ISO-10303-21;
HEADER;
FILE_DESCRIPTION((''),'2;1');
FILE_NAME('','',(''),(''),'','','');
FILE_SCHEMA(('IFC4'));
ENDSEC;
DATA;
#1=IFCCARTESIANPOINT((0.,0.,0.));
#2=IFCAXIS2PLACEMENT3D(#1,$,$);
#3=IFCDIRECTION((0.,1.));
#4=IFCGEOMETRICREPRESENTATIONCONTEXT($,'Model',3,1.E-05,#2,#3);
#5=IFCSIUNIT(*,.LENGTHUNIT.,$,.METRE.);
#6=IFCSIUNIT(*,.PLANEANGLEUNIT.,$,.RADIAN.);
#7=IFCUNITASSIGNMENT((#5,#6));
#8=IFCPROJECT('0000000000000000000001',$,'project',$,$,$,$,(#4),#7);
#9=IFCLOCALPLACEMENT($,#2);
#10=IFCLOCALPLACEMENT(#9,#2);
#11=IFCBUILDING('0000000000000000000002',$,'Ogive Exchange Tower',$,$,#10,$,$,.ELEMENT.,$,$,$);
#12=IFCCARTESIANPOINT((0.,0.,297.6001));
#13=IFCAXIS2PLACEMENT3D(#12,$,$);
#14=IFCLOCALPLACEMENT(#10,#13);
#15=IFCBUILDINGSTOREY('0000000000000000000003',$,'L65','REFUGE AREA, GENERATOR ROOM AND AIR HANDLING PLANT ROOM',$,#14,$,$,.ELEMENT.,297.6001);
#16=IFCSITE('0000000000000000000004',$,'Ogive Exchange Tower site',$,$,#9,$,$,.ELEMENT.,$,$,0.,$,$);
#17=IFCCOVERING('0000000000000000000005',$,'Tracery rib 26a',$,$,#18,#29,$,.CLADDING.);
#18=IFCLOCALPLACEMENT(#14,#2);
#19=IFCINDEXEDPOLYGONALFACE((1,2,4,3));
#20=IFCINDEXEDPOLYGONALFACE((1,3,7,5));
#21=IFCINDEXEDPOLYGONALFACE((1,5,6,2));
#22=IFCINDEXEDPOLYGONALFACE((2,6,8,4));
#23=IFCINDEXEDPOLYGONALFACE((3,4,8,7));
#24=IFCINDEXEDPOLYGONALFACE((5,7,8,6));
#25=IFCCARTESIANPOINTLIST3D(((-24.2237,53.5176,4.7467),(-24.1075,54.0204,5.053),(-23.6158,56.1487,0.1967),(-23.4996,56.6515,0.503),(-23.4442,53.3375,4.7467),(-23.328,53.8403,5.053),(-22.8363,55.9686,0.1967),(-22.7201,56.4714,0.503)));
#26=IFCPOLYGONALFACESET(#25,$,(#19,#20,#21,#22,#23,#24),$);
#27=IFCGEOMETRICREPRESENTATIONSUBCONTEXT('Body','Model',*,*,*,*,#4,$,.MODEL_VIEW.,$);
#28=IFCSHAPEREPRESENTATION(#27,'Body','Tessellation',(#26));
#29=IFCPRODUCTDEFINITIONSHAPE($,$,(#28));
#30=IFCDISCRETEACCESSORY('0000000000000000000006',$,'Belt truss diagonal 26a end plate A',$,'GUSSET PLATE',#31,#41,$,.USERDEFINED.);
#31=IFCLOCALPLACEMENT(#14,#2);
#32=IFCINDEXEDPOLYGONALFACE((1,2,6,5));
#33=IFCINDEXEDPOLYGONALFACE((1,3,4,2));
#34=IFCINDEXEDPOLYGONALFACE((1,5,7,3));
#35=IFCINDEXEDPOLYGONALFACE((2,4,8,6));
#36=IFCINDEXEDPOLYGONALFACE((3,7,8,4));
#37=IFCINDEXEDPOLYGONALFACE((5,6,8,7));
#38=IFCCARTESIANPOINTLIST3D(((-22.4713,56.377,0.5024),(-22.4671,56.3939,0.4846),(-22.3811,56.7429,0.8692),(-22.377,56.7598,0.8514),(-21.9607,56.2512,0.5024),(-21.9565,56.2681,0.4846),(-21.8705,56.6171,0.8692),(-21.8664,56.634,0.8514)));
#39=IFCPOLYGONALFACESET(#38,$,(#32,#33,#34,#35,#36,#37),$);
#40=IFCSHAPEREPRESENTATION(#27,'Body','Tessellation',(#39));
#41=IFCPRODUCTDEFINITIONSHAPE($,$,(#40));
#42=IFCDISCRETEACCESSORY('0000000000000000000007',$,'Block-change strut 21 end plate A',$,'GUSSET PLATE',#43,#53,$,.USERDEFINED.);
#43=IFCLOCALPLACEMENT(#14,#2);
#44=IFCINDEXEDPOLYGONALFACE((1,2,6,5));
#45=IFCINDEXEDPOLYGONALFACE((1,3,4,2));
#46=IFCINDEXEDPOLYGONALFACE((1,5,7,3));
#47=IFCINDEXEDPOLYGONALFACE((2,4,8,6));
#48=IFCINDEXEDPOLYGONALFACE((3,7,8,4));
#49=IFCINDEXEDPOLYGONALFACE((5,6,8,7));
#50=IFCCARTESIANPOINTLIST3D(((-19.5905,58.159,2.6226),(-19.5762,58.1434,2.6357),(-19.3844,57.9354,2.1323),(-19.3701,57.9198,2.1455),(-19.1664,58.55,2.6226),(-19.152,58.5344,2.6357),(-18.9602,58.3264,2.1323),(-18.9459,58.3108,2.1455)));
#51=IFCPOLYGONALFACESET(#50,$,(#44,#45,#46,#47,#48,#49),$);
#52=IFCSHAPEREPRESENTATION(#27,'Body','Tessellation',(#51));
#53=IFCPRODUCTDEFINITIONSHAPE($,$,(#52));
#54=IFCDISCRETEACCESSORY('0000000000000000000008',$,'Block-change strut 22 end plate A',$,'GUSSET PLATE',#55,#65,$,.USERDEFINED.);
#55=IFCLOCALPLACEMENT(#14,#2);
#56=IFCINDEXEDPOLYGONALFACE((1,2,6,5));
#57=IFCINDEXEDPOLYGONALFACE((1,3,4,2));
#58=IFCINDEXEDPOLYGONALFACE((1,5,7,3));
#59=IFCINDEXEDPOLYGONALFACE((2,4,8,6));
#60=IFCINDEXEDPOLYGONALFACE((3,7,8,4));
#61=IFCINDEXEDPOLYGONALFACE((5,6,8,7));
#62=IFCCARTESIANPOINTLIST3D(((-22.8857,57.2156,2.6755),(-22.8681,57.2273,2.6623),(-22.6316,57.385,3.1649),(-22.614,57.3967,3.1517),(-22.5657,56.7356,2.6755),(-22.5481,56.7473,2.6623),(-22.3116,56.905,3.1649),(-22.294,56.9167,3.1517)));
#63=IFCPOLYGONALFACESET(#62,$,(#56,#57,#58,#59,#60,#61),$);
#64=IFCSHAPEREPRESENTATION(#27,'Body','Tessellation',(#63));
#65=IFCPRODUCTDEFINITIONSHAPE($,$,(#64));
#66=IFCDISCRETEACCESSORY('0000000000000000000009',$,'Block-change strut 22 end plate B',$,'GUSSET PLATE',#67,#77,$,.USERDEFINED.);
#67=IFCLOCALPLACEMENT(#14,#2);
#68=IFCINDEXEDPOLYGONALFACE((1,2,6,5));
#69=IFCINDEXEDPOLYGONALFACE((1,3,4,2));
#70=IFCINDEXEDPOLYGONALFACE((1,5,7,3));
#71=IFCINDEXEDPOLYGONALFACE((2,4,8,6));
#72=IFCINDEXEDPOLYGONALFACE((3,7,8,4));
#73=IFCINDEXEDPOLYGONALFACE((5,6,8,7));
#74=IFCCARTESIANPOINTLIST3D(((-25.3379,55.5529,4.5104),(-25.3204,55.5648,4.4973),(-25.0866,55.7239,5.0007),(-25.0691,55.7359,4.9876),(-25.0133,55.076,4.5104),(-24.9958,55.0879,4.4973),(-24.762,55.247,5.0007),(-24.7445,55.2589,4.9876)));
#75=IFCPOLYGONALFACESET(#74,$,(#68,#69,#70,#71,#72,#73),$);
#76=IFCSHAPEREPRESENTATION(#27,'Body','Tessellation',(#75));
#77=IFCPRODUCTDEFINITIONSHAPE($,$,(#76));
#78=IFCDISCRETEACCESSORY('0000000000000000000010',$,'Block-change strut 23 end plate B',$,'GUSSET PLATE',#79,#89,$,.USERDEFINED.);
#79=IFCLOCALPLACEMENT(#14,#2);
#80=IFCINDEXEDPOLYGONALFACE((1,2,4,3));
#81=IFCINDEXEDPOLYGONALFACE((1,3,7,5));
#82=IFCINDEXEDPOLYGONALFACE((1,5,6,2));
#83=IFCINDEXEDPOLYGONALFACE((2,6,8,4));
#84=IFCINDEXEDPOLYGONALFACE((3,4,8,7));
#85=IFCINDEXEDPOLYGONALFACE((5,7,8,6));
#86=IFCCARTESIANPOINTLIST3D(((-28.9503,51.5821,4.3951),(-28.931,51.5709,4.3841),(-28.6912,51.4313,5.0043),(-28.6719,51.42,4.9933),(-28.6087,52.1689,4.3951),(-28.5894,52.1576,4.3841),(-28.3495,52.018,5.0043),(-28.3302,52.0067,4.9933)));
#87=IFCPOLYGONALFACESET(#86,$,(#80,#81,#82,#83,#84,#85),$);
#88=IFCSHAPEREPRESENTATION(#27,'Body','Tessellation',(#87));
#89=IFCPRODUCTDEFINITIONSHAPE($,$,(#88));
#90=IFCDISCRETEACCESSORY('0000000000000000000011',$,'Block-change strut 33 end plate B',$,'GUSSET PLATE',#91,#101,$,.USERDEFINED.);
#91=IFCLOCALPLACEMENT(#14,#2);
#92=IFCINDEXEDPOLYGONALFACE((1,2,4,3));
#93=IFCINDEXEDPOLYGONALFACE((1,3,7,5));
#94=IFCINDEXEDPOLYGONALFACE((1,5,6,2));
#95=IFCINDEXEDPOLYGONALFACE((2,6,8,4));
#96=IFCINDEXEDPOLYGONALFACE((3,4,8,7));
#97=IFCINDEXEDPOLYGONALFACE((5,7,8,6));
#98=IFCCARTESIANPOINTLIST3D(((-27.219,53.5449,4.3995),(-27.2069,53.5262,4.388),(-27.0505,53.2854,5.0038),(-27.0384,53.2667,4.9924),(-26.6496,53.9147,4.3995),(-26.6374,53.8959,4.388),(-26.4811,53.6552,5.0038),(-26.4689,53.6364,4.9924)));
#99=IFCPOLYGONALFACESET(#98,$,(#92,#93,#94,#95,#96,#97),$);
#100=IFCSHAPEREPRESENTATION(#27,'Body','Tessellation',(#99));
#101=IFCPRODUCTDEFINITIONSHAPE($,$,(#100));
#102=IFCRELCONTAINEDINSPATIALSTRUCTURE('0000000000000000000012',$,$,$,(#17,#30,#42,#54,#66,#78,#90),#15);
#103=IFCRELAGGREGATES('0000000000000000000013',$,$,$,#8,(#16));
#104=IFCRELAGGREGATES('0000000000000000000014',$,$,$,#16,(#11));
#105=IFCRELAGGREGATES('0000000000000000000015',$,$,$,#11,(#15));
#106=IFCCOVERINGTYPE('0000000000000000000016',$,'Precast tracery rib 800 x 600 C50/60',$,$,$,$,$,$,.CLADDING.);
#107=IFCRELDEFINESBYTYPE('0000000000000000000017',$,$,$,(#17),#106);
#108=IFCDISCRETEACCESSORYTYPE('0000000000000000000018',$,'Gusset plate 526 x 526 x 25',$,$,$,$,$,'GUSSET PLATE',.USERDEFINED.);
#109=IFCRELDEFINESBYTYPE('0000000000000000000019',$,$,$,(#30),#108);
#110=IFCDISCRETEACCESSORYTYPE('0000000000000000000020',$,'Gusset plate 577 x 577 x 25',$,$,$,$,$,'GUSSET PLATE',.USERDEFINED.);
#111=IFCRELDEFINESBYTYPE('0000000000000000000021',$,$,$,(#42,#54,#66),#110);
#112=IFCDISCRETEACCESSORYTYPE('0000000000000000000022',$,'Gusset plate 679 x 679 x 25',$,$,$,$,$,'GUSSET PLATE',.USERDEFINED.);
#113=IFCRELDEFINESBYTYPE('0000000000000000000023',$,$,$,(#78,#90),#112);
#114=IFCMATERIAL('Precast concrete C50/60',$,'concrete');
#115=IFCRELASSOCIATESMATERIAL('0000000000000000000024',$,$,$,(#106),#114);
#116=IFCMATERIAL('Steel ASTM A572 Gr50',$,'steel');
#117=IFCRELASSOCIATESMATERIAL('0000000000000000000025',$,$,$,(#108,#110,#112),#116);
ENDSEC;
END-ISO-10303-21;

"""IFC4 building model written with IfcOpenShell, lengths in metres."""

from ifc_helpers import new_model, si_unit, direction, frame, origin, origin_2d, place, context, subcontext, project, spatial, rectangle, extrude, material, material_profile, profile_set, type_object, element, save


model = new_model("IFC4")

# Units and contexts
model_context = context("Model", 3, precision=1e-05, world=origin(), true_north=direction((0.0, 1.0)))
body_context = subcontext(model_context, "Body", "Model", "MODEL_VIEW")
ifc_project = project(units=[si_unit("LENGTHUNIT", "METRE"), si_unit("PLANEANGLEUNIT", "RADIAN")], contexts=[model_context])

# Site, building, storey
site_placement = place(None, origin())
site = spatial("IfcSite", under=ifc_project, at=site_placement, Name="Ogive Exchange Tower site", CompositionType="ELEMENT", RefElevation=0.0)
building_placement = place(site_placement, origin())
building = spatial("IfcBuilding", under=site, at=building_placement, Name="Ogive Exchange Tower", CompositionType="ELEMENT")
storey_placement = place(building_placement, frame((0.0, 0.0, 297.6001)))
storey = spatial("IfcBuildingStorey", under=building, at=storey_placement, Name="L65", Description="REFUGE AREA, GENERATOR ROOM AND AIR HANDLING PLANT ROOM", CompositionType="ELEMENT", Elevation=297.6001)

# Covering
ifc_material_1 = material(Name="Precast concrete C50/60", Category="concrete")
ifc_material_profile_1 = material_profile(ifc_material_1, rectangle(XDim=0.8, YDim=0.6001, at=origin_2d()), Name="RIB 800 x 600")
ifc_profile_set_1 = profile_set([ifc_material_profile_1], Name="Precast concrete C50/60")
covering_type = type_object("IfcCoveringType", Name="Precast tracery rib 800 x 600 C50/60", PredefinedType="CLADDING", material=ifc_profile_set_1)
covering_1_placement = place(storey_placement, frame((-23.168, 56.3101, 0.3499), z_axis=(-0.114894, -0.497274, 0.859952), x_axis=(0.974332, -0.225117, 0.0)))
element("IfcCovering", 1, at=covering_1_placement, inside=storey, type_object=covering_type, Name="Tracery rib 26a", PredefinedType="CLADDING", context=body_context, shape_type="SweptSolid", body=[
    extrude(rectangle(XDim=0.8, YDim=0.6001, at=origin_2d()), origin(), (0.0, 0.0, 1.0), 5.291),
])

# Discrete accessories
ifc_material_2 = material(Name="Steel ASTM A572 Gr50", Category="steel")
ifc_material_profile_2 = material_profile(ifc_material_2, rectangle(XDim=0.5259, YDim=0.5259, at=origin_2d()), Name="PL 526 x 526 x 25")
ifc_profile_set_2 = profile_set([ifc_material_profile_2], Name="Steel ASTM A572 Gr50")
discrete_accessory_type_1 = type_object("IfcDiscreteAccessoryType", Name="Gusset plate 526 x 526 x 25", ElementType="GUSSET PLATE", PredefinedType="USERDEFINED", material=ifc_profile_set_2)
discrete_accessory_1_placement = place(storey_placement, frame((-22.1667, 56.5139, 0.668), z_axis=(-0.166867, -0.677285, 0.716548), x_axis=(0.970965, -0.239223, 0.0)))
element("IfcDiscreteAccessory", 2, at=discrete_accessory_1_placement, inside=storey, type_object=discrete_accessory_type_1, Name="Belt truss diagonal 26a end plate A", ObjectType="GUSSET PLATE", PredefinedType="USERDEFINED", context=body_context, shape_type="SweptSolid", body=[
    extrude(rectangle(XDim=0.5259, YDim=0.5259, at=origin_2d()), origin(), (0.0, 0.0, 1.0), 0.0249),
])
ifc_material_profile_3 = material_profile(ifc_material_2, rectangle(XDim=0.5769, YDim=0.5769, at=origin_2d()), Name="PL 577 x 577 x 25")
ifc_profile_set_3 = profile_set([ifc_material_profile_3], Name="Steel ASTM A572 Gr50")
discrete_accessory_type_2 = type_object("IfcDiscreteAccessoryType", Name="Gusset plate 577 x 577 x 25", ElementType="GUSSET PLATE", PredefinedType="USERDEFINED", material=ifc_profile_set_3)
for number, where, z_axis, x_axis, name in (
    (3, (-19.2754, 58.2427, 2.3774), (0.575973, -0.624784, 0.527162), (0.735244, 0.677803, 0.0), "Block-change strut 21 end plate A"),
    (4, (-22.5811, 57.072, 2.907), (-0.705882, -0.470588, 0.529412), (0.5547, -0.83205, 0.0), "Block-change strut 22 end plate A"),
    (5, (-25.0325, 55.4119, 4.7424), (-0.702615, -0.478168, 0.526961), (0.562624, -0.826713, 0.0), "Block-change strut 22 end plate B"),
):
    element("IfcDiscreteAccessory", number, at=place(storey_placement, frame(where, z_axis=z_axis, x_axis=x_axis)), inside=storey, type_object=discrete_accessory_type_2, Name=name, ObjectType="GUSSET PLATE", PredefinedType="USERDEFINED", context=body_context, shape_type="SweptSolid", body=[
        extrude(rectangle(XDim=0.5769, YDim=0.5769, at=origin_2d()), origin(), (0.0, 0.0, 1.0), 0.0249),
    ])
ifc_material_profile_4 = material_profile(ifc_material_2, rectangle(XDim=0.679, YDim=0.679, at=origin_2d()), Name="PL 679 x 679 x 25")
ifc_profile_set_4 = profile_set([ifc_material_profile_4], Name="Steel ASTM A572 Gr50")
discrete_accessory_type_3 = type_object("IfcDiscreteAccessoryType", Name="Gusset plate 679 x 679 x 25", ElementType="GUSSET PLATE", PredefinedType="USERDEFINED", material=ifc_profile_set_4)
discrete_accessory_2_placement = place(storey_placement, frame((-28.6306, 51.7888, 4.6887), z_axis=(-0.77533, 0.451458, 0.441644), x_axis=(-0.503191, -0.864175, 0.0)))
element("IfcDiscreteAccessory", 6, at=discrete_accessory_2_placement, inside=storey, type_object=discrete_accessory_type_3, Name="Block-change strut 23 end plate B", ObjectType="GUSSET PLATE", PredefinedType="USERDEFINED", context=body_context, shape_type="SweptSolid", body=[
    extrude(rectangle(XDim=0.679, YDim=0.679, at=origin_2d()), origin(), (0.0, 0.0, 1.0), 0.0249),
])
discrete_accessory_3_placement = place(storey_placement, frame((-26.8379, 53.5813, 4.6902), z_axis=(-0.484775, 0.746553, 0.455688), x_axis=(-0.838692, -0.544605, 0.0)))
element("IfcDiscreteAccessory", 7, at=discrete_accessory_3_placement, inside=storey, type_object=discrete_accessory_type_3, Name="Block-change strut 33 end plate B", ObjectType="GUSSET PLATE", PredefinedType="USERDEFINED", context=body_context, shape_type="SweptSolid", body=[
    extrude(rectangle(XDim=0.679, YDim=0.679, at=origin_2d()), origin(), (0.0, 0.0, 1.0), 0.0251),
])

save(model, "model.ifc")
